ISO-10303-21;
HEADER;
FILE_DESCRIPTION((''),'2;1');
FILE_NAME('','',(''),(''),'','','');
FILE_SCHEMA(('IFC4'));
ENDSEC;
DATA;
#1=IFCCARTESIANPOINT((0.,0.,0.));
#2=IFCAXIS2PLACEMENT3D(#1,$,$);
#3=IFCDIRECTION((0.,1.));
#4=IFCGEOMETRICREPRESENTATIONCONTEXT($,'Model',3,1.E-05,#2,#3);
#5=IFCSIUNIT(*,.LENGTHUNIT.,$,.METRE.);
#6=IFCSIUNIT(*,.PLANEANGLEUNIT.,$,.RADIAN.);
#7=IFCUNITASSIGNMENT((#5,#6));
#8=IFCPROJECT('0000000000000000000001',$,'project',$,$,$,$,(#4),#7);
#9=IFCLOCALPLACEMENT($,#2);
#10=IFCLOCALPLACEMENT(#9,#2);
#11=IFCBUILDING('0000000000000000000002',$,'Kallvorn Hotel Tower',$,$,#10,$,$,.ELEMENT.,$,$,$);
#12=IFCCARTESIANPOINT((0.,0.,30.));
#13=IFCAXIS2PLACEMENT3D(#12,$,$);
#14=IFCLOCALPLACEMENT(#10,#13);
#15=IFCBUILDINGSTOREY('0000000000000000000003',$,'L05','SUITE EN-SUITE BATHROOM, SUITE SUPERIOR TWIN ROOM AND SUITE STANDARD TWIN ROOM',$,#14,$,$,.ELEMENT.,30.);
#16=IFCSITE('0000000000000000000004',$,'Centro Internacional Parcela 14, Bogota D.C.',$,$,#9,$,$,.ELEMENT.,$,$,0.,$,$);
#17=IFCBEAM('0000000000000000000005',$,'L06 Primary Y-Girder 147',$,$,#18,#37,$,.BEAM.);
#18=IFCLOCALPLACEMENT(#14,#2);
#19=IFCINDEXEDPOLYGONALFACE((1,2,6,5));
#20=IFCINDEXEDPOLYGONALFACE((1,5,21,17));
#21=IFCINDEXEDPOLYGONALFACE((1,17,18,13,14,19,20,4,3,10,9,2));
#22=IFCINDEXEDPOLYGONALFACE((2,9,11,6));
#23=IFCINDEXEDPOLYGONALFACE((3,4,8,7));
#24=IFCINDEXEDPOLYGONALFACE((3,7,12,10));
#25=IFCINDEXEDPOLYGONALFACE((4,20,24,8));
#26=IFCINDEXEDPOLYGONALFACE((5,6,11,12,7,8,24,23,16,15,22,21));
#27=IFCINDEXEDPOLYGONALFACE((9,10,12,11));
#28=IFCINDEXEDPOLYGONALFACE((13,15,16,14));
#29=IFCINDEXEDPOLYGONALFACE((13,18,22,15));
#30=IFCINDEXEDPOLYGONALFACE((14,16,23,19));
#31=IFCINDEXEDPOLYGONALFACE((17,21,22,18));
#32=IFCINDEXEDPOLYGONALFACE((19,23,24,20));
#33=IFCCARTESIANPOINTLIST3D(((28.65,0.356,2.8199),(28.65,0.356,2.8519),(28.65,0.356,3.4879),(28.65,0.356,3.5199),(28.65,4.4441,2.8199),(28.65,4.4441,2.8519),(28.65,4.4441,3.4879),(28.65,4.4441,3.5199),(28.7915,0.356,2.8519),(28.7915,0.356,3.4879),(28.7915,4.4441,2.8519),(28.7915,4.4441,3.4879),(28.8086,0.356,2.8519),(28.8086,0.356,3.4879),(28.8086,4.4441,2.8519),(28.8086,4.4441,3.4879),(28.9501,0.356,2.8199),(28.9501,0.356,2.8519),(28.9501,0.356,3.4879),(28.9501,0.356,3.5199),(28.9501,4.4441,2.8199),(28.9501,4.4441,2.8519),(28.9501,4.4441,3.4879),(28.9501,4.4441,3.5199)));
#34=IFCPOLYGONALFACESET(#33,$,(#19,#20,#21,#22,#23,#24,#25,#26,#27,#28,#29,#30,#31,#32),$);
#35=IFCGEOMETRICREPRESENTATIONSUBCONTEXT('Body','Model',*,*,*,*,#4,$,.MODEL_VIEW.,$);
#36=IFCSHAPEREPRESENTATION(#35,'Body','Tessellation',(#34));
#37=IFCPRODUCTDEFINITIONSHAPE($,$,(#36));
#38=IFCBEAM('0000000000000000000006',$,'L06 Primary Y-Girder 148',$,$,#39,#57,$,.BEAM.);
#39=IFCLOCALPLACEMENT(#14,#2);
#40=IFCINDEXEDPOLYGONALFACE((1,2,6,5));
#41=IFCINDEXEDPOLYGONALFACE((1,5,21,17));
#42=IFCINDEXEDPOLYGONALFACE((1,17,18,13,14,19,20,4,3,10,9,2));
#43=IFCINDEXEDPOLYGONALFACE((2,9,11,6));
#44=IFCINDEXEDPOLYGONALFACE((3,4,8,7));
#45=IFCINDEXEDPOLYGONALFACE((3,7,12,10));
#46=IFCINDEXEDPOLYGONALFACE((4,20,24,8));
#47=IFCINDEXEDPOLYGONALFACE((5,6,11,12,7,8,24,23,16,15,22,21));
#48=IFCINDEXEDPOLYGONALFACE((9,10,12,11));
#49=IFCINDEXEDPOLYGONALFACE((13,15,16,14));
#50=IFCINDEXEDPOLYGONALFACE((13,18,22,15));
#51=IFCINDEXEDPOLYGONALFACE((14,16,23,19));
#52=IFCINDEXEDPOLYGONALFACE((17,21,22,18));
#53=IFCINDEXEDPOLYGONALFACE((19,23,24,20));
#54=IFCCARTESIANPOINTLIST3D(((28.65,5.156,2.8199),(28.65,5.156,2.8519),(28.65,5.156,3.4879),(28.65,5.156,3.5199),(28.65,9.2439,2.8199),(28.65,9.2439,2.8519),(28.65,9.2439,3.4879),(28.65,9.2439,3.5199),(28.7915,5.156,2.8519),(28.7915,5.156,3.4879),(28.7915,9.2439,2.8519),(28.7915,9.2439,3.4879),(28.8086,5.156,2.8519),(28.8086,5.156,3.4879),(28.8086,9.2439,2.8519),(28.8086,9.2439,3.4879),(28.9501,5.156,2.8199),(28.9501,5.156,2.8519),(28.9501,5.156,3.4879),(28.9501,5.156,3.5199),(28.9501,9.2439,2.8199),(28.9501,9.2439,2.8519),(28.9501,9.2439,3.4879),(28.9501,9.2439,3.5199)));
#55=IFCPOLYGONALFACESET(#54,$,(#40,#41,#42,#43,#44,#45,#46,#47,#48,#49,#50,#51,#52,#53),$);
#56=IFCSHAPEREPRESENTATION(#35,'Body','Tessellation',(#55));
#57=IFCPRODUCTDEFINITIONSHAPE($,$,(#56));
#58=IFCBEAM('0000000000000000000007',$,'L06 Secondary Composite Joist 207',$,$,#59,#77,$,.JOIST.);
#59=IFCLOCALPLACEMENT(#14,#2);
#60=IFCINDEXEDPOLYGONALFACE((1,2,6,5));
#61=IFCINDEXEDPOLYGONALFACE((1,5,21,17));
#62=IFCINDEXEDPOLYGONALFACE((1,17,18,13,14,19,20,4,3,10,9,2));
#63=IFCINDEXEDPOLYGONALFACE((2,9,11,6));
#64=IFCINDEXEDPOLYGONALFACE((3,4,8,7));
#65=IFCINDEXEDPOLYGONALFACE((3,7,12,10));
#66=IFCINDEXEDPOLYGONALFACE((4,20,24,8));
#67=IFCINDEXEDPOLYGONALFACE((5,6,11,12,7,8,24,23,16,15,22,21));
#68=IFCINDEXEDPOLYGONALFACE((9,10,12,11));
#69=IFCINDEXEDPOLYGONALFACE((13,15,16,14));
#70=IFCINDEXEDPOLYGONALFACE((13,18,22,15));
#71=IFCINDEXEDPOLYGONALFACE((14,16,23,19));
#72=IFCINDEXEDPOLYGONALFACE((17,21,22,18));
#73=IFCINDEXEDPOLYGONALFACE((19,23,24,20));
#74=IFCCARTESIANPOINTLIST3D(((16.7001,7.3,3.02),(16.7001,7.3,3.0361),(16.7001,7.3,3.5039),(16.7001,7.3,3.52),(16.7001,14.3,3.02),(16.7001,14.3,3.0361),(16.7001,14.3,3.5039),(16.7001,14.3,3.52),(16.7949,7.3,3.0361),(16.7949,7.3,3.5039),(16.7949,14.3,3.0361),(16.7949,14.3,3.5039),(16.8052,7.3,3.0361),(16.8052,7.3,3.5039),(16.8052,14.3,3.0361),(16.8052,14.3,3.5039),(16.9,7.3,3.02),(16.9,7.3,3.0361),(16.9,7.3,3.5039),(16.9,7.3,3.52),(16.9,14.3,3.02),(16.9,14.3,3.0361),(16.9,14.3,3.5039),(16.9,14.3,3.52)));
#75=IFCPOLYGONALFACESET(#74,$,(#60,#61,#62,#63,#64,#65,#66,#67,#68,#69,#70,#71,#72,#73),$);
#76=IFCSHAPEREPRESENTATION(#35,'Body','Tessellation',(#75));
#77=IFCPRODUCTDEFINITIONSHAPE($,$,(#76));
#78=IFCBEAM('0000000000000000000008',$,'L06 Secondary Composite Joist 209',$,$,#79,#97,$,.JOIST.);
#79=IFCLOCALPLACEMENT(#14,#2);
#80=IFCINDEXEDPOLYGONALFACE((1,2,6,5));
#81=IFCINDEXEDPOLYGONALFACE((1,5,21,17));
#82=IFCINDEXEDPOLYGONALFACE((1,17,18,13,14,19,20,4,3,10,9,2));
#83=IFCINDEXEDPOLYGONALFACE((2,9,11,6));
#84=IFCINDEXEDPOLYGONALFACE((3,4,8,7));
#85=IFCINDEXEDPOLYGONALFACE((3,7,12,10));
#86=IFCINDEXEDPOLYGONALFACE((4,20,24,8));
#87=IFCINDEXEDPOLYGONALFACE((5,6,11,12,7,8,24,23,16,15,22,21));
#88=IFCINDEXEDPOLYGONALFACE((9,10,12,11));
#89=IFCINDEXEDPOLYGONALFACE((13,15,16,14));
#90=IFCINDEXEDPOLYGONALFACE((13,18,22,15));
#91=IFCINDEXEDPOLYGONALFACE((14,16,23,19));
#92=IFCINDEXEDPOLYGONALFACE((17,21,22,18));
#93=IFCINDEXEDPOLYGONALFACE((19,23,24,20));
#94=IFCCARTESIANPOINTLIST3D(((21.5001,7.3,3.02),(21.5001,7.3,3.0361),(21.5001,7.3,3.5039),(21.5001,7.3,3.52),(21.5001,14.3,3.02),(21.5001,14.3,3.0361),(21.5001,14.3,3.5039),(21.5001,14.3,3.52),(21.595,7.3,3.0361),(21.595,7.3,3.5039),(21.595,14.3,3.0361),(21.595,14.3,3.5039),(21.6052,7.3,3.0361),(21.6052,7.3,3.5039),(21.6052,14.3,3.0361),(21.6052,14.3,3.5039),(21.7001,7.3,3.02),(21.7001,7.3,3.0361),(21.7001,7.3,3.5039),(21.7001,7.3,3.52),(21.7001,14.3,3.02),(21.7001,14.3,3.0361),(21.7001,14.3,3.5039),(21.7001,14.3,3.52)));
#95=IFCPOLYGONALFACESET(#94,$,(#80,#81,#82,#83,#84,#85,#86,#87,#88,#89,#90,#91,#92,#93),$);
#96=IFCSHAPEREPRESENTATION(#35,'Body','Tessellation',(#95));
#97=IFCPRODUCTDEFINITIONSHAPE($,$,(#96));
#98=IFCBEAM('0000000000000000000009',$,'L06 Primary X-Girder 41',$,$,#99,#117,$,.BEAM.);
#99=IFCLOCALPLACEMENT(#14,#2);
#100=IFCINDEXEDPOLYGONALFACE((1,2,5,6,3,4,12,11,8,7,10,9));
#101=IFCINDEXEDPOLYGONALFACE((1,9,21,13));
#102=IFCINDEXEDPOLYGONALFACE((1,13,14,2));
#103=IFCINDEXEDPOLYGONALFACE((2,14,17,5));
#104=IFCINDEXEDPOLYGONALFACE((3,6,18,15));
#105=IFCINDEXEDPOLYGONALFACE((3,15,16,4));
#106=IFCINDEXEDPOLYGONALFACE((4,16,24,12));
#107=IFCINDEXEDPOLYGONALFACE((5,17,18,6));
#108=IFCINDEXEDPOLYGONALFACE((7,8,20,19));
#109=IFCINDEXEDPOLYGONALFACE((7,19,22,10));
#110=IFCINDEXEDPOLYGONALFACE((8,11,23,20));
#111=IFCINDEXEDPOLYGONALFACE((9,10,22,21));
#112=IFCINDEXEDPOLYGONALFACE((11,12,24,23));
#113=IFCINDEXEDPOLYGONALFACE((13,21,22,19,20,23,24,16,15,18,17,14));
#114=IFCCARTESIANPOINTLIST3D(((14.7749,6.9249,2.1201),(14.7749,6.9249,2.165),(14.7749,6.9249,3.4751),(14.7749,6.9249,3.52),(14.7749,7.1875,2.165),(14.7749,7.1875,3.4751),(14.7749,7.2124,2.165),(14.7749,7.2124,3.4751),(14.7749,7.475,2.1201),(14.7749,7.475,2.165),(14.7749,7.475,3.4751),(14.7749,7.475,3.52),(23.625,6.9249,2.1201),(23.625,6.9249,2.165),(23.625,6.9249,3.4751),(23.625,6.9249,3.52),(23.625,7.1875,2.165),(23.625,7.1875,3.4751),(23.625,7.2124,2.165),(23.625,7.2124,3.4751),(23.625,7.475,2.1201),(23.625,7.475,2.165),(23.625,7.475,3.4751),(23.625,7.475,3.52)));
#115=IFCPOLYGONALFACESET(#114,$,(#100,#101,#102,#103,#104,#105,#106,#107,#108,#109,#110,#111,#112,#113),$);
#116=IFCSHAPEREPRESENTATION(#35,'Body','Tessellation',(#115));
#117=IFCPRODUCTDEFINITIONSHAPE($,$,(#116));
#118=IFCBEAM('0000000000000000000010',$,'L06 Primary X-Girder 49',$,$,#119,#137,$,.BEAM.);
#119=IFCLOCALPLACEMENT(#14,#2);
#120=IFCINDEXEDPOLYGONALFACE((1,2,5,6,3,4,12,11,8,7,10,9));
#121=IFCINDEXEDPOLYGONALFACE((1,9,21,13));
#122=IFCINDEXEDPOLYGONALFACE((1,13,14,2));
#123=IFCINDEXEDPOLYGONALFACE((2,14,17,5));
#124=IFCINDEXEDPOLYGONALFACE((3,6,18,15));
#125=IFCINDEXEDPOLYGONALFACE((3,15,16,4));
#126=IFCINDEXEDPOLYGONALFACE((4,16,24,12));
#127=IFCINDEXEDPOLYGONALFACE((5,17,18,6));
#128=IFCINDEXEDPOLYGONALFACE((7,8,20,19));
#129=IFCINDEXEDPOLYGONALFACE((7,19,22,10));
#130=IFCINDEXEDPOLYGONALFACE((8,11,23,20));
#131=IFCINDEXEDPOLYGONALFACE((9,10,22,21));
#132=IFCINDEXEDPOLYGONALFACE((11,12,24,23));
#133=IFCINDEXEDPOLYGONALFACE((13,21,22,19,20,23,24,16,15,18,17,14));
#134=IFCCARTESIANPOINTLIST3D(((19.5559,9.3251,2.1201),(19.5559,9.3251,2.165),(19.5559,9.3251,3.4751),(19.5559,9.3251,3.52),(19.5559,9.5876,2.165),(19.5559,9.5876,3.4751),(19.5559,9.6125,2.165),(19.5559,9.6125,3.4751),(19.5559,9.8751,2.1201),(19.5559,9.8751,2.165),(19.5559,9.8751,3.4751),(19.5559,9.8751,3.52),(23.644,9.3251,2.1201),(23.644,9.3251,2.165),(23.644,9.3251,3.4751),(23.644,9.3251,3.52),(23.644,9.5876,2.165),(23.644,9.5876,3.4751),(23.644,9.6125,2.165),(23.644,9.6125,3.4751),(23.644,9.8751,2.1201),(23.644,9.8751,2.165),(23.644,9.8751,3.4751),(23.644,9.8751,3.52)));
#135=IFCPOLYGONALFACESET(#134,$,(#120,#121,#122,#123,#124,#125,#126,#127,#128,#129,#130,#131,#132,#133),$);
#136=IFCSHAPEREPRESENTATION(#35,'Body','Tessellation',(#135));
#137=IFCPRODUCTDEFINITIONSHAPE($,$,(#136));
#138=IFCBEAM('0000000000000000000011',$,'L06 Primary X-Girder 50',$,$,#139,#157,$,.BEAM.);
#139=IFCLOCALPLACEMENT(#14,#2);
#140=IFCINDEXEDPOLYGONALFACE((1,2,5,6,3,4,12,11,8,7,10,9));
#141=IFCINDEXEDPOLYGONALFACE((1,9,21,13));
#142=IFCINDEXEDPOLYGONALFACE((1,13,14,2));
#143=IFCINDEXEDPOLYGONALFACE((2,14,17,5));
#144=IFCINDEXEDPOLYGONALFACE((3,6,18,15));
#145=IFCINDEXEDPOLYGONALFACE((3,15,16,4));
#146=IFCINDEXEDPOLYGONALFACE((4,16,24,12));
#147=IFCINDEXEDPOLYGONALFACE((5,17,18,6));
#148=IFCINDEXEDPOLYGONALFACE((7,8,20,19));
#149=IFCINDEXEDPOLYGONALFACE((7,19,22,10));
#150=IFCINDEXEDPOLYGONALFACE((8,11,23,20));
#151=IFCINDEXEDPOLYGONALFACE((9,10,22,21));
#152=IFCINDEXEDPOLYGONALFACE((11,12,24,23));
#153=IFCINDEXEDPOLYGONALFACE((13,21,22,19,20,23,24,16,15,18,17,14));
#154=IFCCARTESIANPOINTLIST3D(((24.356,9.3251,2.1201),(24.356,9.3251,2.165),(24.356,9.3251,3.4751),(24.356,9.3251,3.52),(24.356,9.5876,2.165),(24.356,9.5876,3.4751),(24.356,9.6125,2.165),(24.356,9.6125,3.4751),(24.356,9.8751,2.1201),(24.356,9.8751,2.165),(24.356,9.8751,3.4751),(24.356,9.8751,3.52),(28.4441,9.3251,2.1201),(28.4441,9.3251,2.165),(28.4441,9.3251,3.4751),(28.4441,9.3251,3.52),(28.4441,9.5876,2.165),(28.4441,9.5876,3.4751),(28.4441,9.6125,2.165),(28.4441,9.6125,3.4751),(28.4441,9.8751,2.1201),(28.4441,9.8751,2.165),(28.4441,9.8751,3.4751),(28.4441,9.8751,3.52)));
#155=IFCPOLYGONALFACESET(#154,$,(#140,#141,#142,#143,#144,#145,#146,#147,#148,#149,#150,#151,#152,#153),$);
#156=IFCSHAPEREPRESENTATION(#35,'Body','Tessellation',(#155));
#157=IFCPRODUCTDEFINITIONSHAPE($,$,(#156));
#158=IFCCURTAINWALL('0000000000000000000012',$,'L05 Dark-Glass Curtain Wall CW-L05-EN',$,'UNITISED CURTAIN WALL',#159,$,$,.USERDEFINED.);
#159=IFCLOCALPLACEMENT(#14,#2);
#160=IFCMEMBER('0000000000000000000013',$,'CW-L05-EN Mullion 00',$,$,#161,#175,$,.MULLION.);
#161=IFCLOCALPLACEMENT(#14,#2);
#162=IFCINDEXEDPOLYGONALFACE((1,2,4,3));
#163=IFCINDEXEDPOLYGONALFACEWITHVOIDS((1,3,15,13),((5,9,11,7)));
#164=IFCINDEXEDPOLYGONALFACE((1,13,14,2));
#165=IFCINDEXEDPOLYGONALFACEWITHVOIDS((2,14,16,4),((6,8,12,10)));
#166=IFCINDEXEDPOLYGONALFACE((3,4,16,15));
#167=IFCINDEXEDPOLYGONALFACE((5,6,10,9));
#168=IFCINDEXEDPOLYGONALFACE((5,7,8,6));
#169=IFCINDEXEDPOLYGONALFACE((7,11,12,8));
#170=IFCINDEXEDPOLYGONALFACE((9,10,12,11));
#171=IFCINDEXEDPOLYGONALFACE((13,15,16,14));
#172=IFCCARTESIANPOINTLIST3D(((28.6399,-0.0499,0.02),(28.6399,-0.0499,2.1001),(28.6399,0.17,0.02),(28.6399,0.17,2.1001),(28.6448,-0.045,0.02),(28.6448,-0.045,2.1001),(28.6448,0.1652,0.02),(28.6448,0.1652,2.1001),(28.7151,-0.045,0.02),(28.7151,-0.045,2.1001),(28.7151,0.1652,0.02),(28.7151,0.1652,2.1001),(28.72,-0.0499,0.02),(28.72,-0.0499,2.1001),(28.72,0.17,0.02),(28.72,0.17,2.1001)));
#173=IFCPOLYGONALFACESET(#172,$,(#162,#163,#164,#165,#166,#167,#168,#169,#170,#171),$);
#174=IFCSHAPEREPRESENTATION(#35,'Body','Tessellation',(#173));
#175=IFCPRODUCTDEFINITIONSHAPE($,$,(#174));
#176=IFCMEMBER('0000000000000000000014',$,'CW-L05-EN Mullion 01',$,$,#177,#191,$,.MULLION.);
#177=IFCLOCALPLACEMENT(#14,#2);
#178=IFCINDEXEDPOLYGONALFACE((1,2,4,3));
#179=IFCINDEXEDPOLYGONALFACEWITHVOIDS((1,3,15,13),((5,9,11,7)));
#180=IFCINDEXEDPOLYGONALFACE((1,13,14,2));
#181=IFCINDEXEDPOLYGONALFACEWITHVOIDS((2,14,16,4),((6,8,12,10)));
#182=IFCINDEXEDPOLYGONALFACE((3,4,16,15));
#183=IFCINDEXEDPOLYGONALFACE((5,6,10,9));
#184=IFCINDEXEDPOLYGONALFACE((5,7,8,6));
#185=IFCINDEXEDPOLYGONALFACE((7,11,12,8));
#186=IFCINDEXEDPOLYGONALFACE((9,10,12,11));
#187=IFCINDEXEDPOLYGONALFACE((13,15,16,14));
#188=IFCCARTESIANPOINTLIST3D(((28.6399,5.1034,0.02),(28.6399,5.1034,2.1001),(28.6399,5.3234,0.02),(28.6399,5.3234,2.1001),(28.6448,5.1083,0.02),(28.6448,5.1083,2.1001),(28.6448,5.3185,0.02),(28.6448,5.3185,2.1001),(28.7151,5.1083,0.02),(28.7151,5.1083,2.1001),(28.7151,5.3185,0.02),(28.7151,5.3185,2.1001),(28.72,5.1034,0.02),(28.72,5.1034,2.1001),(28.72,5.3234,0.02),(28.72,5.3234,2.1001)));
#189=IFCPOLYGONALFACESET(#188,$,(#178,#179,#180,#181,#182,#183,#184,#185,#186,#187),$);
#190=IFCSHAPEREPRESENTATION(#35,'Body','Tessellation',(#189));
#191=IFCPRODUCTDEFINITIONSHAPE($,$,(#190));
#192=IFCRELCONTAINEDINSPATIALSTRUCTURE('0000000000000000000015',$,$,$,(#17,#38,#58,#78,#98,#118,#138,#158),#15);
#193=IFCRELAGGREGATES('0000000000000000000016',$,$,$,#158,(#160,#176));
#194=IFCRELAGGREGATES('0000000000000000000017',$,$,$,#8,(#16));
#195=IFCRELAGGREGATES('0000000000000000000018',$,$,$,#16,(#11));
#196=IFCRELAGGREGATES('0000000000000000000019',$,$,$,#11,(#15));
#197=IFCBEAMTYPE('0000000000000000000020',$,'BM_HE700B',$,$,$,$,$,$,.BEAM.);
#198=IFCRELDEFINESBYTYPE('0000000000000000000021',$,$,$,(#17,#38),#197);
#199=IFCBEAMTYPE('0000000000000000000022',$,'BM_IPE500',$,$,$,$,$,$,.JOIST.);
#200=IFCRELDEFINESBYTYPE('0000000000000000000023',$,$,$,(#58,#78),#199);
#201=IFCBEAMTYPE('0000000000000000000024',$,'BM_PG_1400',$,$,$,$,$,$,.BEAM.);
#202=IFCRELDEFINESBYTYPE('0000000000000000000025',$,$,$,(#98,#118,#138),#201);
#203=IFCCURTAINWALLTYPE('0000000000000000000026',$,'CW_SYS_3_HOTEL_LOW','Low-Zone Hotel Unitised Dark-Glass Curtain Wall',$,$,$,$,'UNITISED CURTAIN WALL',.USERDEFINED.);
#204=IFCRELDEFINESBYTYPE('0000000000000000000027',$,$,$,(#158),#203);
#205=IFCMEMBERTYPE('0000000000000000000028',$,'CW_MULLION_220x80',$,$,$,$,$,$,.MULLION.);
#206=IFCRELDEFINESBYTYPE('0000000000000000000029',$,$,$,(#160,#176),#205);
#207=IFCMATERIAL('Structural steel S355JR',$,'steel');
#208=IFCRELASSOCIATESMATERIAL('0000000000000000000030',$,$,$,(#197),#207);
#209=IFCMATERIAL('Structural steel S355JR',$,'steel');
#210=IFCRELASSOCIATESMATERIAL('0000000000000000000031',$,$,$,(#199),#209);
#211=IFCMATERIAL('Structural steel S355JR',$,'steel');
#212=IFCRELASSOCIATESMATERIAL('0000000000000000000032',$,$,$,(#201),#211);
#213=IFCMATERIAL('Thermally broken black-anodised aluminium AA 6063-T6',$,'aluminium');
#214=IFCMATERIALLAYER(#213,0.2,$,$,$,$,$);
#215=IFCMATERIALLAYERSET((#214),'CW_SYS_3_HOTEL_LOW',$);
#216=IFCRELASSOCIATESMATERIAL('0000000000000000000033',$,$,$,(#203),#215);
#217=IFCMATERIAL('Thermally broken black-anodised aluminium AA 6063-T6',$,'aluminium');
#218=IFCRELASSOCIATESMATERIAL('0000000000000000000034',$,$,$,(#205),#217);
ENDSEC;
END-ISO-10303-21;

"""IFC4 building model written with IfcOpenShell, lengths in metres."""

from ifc_helpers import new_model, si_unit, direction, frame, origin, origin_2d, place, context, subcontext, project, spatial, hollow_rectangle, i_section, extrude, material, layer, layer_set, material_profile, profile_set, type_object, element, aggregate, save


model = new_model("IFC4")

# Units and contexts
model_context = context("Model", 3, precision=1e-05, world=origin(), true_north=direction((0.0, 1.0)))
body_context = subcontext(model_context, "Body", "Model", "MODEL_VIEW")
ifc_project = project(units=[si_unit("LENGTHUNIT", "METRE"), si_unit("PLANEANGLEUNIT", "RADIAN")], contexts=[model_context])

# Site, building, storey
site_placement = place(None, origin())
site = spatial("IfcSite", under=ifc_project, at=site_placement, Name="Centro Internacional Parcela 14, Bogota D.C.", CompositionType="ELEMENT", RefElevation=0.0)
building_placement = place(site_placement, origin())
building = spatial("IfcBuilding", under=site, at=building_placement, Name="Kallvorn Hotel Tower", CompositionType="ELEMENT")
storey_placement = place(building_placement, frame((0.0, 0.0, 30.0)))
storey = spatial("IfcBuildingStorey", under=building, at=storey_placement, Name="L05", Description="SUITE EN-SUITE BATHROOM, SUITE SUPERIOR TWIN ROOM AND SUITE STANDARD TWIN ROOM", CompositionType="ELEMENT", Elevation=30.0)

# Beams
ifc_material_1 = material(Name="Structural steel S355JR", Category="steel")
ifc_material_profile_1 = material_profile(ifc_material_1, i_section(OverallWidth=0.3, OverallDepth=0.7, WebThickness=0.0171, FlangeThickness=0.032, at=origin_2d()), Name="HE 700 B")
ifc_profile_set_1 = profile_set([ifc_material_profile_1], Name="Structural steel S355JR")
beam_type_1 = type_object("IfcBeamType", Name="BM_HE700B", PredefinedType="BEAM", material=ifc_profile_set_1)
beam_1_placement = place(storey_placement, frame((28.8, 0.356, 3.1699), z_axis=(0.0, 1.0, 0.0), x_axis=(-1.0, 0.0, 0.0)))
element("IfcBeam", 1, at=beam_1_placement, inside=storey, type_object=beam_type_1, Name="L06 Primary Y-Girder 147", PredefinedType="BEAM", context=body_context, shape_type="SweptSolid", body=[
    extrude(i_section(OverallWidth=0.3, OverallDepth=0.7, WebThickness=0.0171, FlangeThickness=0.032, at=origin_2d()), origin(), (0.0, 0.0, 1.0), 4.0881),
])
beam_2_placement = place(storey_placement, frame((28.8, 5.156, 3.1699), z_axis=(0.0, 1.0, 0.0), x_axis=(-1.0, 0.0, 0.0)))
element("IfcBeam", 2, at=beam_2_placement, inside=storey, type_object=beam_type_1, Name="L06 Primary Y-Girder 148", PredefinedType="BEAM", context=body_context, shape_type="SweptSolid", body=[
    extrude(i_section(OverallWidth=0.3, OverallDepth=0.7, WebThickness=0.0171, FlangeThickness=0.032, at=origin_2d()), origin(), (0.0, 0.0, 1.0), 4.0879),
])
ifc_material_2 = material(Name="Structural steel S355JR", Category="steel")
ifc_material_profile_2 = material_profile(ifc_material_2, i_section(OverallWidth=0.2, OverallDepth=0.5, WebThickness=0.0103, FlangeThickness=0.0161, at=origin_2d()), Name="IPE 500")
ifc_profile_set_2 = profile_set([ifc_material_profile_2], Name="Structural steel S355JR")
beam_type_2 = type_object("IfcBeamType", Name="BM_IPE500", PredefinedType="JOIST", material=ifc_profile_set_2)
for number, where, z_axis, x_axis, name in (
    (3, (16.8, 7.3, 3.27), (0.0, 1.0, 0.0), (-1.0, 0.0, 0.0), "L06 Secondary Composite Joist 207"),
    (4, (21.6001, 7.3, 3.27), (0.0, 1.0, 0.0), (-1.0, 0.0, 0.0), "L06 Secondary Composite Joist 209"),
):
    element("IfcBeam", number, at=place(storey_placement, frame(where, z_axis=z_axis, x_axis=x_axis)), inside=storey, type_object=beam_type_2, Name=name, PredefinedType="JOIST", context=body_context, shape_type="SweptSolid", body=[
        extrude(i_section(OverallWidth=0.2, OverallDepth=0.5, WebThickness=0.0103, FlangeThickness=0.0161, at=origin_2d()), origin(), (0.0, 0.0, 1.0), 7.0),
    ])
ifc_material_3 = material(Name="Structural steel S355JR", Category="steel")
ifc_material_profile_3 = material_profile(ifc_material_3, i_section(OverallWidth=0.55, OverallDepth=1.3999, WebThickness=0.0249, FlangeThickness=0.0449, at=origin_2d()), Name="PG 1400x550x25x45")
ifc_profile_set_3 = profile_set([ifc_material_profile_3], Name="Structural steel S355JR")
beam_type_3 = type_object("IfcBeamType", Name="BM_PG_1400", PredefinedType="BEAM", material=ifc_profile_set_3)
beam_3_placement = place(storey_placement, frame((14.7749, 7.2, 2.8201), z_axis=(1.0, 0.0, 0.0), x_axis=(0.0, 1.0, 0.0)))
element("IfcBeam", 5, at=beam_3_placement, inside=storey, type_object=beam_type_3, Name="L06 Primary X-Girder 41", PredefinedType="BEAM", context=body_context, shape_type="SweptSolid", body=[
    extrude(i_section(OverallWidth=0.55, OverallDepth=1.3999, WebThickness=0.0249, FlangeThickness=0.0449, at=origin_2d()), origin(), (0.0, 0.0, 1.0), 8.8501),
])
for number, where, z_axis, x_axis, name in (
    (6, (19.5559, 9.6001, 2.8201), (1.0, 0.0, 0.0), (0.0, 1.0, 0.0), "L06 Primary X-Girder 49"),
    (7, (24.356, 9.6001, 2.8201), (1.0, 0.0, 0.0), (0.0, 1.0, 0.0), "L06 Primary X-Girder 50"),
):
    element("IfcBeam", number, at=place(storey_placement, frame(where, z_axis=z_axis, x_axis=x_axis)), inside=storey, type_object=beam_type_3, Name=name, PredefinedType="BEAM", context=body_context, shape_type="SweptSolid", body=[
        extrude(i_section(OverallWidth=0.55, OverallDepth=1.3999, WebThickness=0.0249, FlangeThickness=0.0449, at=origin_2d()), origin(), (0.0, 0.0, 1.0), 4.0881),
    ])

# Curtain wall, members
ifc_material_4 = material(Name="Thermally broken black-anodised aluminium AA 6063-T6", Category="aluminium")
ifc_layer_1 = layer(ifc_material_4, 0.2)
ifc_layer_set_1 = layer_set([ifc_layer_1], Name="CW_SYS_3_HOTEL_LOW")
curtain_wall_type = type_object("IfcCurtainWallType", Name="CW_SYS_3_HOTEL_LOW", Description="Low-Zone Hotel Unitised Dark-Glass Curtain Wall", ElementType="UNITISED CURTAIN WALL", PredefinedType="USERDEFINED", material=ifc_layer_set_1)
curtain_wall_placement = place(storey_placement, origin())
curtain_wall = element("IfcCurtainWall", 8, at=curtain_wall_placement, inside=storey, type_object=curtain_wall_type, Name="L05 Dark-Glass Curtain Wall CW-L05-EN", ObjectType="UNITISED CURTAIN WALL", PredefinedType="USERDEFINED")
ifc_material_5 = material(Name="Thermally broken black-anodised aluminium AA 6063-T6", Category="aluminium")
ifc_material_profile_4 = material_profile(ifc_material_5, hollow_rectangle(XDim=0.0801, YDim=0.22, WallThickness=0.0049, at=origin_2d()), Name="MUL 220x80")
ifc_profile_set_4 = profile_set([ifc_material_profile_4], Name="Thermally broken black-anodised aluminium AA 6063-T6")
member_type_1 = type_object("IfcMemberType", Name="CW_MULLION_220x80", PredefinedType="MULLION", material=ifc_profile_set_4)
member_1_placement = place(storey_placement, frame((28.6799, 0.0601, 0.02), z_axis=(0.0, 0.0, 1.0), x_axis=(1.0, 0.0, 0.0)))
member_1 = element("IfcMember", 9, at=member_1_placement, type_object=member_type_1, Name="CW-L05-EN Mullion 00", PredefinedType="MULLION", context=body_context, shape_type="SweptSolid", body=[
    extrude(hollow_rectangle(XDim=0.0801, YDim=0.22, WallThickness=0.0049, at=origin_2d()), origin(), (0.0, 0.0, 1.0), 2.0801),
])
member_2_placement = place(storey_placement, frame((28.6799, 5.2134, 0.02), z_axis=(0.0, 0.0, 1.0), x_axis=(1.0, 0.0, 0.0)))
member_2 = element("IfcMember", 10, at=member_2_placement, type_object=member_type_1, Name="CW-L05-EN Mullion 01", PredefinedType="MULLION", context=body_context, shape_type="SweptSolid", body=[
    extrude(hollow_rectangle(XDim=0.0801, YDim=0.22, WallThickness=0.0049, at=origin_2d()), origin(), (0.0, 0.0, 1.0), 2.0801),
])
aggregate(curtain_wall, [member_1, member_2])

save(model, "model.ifc")
